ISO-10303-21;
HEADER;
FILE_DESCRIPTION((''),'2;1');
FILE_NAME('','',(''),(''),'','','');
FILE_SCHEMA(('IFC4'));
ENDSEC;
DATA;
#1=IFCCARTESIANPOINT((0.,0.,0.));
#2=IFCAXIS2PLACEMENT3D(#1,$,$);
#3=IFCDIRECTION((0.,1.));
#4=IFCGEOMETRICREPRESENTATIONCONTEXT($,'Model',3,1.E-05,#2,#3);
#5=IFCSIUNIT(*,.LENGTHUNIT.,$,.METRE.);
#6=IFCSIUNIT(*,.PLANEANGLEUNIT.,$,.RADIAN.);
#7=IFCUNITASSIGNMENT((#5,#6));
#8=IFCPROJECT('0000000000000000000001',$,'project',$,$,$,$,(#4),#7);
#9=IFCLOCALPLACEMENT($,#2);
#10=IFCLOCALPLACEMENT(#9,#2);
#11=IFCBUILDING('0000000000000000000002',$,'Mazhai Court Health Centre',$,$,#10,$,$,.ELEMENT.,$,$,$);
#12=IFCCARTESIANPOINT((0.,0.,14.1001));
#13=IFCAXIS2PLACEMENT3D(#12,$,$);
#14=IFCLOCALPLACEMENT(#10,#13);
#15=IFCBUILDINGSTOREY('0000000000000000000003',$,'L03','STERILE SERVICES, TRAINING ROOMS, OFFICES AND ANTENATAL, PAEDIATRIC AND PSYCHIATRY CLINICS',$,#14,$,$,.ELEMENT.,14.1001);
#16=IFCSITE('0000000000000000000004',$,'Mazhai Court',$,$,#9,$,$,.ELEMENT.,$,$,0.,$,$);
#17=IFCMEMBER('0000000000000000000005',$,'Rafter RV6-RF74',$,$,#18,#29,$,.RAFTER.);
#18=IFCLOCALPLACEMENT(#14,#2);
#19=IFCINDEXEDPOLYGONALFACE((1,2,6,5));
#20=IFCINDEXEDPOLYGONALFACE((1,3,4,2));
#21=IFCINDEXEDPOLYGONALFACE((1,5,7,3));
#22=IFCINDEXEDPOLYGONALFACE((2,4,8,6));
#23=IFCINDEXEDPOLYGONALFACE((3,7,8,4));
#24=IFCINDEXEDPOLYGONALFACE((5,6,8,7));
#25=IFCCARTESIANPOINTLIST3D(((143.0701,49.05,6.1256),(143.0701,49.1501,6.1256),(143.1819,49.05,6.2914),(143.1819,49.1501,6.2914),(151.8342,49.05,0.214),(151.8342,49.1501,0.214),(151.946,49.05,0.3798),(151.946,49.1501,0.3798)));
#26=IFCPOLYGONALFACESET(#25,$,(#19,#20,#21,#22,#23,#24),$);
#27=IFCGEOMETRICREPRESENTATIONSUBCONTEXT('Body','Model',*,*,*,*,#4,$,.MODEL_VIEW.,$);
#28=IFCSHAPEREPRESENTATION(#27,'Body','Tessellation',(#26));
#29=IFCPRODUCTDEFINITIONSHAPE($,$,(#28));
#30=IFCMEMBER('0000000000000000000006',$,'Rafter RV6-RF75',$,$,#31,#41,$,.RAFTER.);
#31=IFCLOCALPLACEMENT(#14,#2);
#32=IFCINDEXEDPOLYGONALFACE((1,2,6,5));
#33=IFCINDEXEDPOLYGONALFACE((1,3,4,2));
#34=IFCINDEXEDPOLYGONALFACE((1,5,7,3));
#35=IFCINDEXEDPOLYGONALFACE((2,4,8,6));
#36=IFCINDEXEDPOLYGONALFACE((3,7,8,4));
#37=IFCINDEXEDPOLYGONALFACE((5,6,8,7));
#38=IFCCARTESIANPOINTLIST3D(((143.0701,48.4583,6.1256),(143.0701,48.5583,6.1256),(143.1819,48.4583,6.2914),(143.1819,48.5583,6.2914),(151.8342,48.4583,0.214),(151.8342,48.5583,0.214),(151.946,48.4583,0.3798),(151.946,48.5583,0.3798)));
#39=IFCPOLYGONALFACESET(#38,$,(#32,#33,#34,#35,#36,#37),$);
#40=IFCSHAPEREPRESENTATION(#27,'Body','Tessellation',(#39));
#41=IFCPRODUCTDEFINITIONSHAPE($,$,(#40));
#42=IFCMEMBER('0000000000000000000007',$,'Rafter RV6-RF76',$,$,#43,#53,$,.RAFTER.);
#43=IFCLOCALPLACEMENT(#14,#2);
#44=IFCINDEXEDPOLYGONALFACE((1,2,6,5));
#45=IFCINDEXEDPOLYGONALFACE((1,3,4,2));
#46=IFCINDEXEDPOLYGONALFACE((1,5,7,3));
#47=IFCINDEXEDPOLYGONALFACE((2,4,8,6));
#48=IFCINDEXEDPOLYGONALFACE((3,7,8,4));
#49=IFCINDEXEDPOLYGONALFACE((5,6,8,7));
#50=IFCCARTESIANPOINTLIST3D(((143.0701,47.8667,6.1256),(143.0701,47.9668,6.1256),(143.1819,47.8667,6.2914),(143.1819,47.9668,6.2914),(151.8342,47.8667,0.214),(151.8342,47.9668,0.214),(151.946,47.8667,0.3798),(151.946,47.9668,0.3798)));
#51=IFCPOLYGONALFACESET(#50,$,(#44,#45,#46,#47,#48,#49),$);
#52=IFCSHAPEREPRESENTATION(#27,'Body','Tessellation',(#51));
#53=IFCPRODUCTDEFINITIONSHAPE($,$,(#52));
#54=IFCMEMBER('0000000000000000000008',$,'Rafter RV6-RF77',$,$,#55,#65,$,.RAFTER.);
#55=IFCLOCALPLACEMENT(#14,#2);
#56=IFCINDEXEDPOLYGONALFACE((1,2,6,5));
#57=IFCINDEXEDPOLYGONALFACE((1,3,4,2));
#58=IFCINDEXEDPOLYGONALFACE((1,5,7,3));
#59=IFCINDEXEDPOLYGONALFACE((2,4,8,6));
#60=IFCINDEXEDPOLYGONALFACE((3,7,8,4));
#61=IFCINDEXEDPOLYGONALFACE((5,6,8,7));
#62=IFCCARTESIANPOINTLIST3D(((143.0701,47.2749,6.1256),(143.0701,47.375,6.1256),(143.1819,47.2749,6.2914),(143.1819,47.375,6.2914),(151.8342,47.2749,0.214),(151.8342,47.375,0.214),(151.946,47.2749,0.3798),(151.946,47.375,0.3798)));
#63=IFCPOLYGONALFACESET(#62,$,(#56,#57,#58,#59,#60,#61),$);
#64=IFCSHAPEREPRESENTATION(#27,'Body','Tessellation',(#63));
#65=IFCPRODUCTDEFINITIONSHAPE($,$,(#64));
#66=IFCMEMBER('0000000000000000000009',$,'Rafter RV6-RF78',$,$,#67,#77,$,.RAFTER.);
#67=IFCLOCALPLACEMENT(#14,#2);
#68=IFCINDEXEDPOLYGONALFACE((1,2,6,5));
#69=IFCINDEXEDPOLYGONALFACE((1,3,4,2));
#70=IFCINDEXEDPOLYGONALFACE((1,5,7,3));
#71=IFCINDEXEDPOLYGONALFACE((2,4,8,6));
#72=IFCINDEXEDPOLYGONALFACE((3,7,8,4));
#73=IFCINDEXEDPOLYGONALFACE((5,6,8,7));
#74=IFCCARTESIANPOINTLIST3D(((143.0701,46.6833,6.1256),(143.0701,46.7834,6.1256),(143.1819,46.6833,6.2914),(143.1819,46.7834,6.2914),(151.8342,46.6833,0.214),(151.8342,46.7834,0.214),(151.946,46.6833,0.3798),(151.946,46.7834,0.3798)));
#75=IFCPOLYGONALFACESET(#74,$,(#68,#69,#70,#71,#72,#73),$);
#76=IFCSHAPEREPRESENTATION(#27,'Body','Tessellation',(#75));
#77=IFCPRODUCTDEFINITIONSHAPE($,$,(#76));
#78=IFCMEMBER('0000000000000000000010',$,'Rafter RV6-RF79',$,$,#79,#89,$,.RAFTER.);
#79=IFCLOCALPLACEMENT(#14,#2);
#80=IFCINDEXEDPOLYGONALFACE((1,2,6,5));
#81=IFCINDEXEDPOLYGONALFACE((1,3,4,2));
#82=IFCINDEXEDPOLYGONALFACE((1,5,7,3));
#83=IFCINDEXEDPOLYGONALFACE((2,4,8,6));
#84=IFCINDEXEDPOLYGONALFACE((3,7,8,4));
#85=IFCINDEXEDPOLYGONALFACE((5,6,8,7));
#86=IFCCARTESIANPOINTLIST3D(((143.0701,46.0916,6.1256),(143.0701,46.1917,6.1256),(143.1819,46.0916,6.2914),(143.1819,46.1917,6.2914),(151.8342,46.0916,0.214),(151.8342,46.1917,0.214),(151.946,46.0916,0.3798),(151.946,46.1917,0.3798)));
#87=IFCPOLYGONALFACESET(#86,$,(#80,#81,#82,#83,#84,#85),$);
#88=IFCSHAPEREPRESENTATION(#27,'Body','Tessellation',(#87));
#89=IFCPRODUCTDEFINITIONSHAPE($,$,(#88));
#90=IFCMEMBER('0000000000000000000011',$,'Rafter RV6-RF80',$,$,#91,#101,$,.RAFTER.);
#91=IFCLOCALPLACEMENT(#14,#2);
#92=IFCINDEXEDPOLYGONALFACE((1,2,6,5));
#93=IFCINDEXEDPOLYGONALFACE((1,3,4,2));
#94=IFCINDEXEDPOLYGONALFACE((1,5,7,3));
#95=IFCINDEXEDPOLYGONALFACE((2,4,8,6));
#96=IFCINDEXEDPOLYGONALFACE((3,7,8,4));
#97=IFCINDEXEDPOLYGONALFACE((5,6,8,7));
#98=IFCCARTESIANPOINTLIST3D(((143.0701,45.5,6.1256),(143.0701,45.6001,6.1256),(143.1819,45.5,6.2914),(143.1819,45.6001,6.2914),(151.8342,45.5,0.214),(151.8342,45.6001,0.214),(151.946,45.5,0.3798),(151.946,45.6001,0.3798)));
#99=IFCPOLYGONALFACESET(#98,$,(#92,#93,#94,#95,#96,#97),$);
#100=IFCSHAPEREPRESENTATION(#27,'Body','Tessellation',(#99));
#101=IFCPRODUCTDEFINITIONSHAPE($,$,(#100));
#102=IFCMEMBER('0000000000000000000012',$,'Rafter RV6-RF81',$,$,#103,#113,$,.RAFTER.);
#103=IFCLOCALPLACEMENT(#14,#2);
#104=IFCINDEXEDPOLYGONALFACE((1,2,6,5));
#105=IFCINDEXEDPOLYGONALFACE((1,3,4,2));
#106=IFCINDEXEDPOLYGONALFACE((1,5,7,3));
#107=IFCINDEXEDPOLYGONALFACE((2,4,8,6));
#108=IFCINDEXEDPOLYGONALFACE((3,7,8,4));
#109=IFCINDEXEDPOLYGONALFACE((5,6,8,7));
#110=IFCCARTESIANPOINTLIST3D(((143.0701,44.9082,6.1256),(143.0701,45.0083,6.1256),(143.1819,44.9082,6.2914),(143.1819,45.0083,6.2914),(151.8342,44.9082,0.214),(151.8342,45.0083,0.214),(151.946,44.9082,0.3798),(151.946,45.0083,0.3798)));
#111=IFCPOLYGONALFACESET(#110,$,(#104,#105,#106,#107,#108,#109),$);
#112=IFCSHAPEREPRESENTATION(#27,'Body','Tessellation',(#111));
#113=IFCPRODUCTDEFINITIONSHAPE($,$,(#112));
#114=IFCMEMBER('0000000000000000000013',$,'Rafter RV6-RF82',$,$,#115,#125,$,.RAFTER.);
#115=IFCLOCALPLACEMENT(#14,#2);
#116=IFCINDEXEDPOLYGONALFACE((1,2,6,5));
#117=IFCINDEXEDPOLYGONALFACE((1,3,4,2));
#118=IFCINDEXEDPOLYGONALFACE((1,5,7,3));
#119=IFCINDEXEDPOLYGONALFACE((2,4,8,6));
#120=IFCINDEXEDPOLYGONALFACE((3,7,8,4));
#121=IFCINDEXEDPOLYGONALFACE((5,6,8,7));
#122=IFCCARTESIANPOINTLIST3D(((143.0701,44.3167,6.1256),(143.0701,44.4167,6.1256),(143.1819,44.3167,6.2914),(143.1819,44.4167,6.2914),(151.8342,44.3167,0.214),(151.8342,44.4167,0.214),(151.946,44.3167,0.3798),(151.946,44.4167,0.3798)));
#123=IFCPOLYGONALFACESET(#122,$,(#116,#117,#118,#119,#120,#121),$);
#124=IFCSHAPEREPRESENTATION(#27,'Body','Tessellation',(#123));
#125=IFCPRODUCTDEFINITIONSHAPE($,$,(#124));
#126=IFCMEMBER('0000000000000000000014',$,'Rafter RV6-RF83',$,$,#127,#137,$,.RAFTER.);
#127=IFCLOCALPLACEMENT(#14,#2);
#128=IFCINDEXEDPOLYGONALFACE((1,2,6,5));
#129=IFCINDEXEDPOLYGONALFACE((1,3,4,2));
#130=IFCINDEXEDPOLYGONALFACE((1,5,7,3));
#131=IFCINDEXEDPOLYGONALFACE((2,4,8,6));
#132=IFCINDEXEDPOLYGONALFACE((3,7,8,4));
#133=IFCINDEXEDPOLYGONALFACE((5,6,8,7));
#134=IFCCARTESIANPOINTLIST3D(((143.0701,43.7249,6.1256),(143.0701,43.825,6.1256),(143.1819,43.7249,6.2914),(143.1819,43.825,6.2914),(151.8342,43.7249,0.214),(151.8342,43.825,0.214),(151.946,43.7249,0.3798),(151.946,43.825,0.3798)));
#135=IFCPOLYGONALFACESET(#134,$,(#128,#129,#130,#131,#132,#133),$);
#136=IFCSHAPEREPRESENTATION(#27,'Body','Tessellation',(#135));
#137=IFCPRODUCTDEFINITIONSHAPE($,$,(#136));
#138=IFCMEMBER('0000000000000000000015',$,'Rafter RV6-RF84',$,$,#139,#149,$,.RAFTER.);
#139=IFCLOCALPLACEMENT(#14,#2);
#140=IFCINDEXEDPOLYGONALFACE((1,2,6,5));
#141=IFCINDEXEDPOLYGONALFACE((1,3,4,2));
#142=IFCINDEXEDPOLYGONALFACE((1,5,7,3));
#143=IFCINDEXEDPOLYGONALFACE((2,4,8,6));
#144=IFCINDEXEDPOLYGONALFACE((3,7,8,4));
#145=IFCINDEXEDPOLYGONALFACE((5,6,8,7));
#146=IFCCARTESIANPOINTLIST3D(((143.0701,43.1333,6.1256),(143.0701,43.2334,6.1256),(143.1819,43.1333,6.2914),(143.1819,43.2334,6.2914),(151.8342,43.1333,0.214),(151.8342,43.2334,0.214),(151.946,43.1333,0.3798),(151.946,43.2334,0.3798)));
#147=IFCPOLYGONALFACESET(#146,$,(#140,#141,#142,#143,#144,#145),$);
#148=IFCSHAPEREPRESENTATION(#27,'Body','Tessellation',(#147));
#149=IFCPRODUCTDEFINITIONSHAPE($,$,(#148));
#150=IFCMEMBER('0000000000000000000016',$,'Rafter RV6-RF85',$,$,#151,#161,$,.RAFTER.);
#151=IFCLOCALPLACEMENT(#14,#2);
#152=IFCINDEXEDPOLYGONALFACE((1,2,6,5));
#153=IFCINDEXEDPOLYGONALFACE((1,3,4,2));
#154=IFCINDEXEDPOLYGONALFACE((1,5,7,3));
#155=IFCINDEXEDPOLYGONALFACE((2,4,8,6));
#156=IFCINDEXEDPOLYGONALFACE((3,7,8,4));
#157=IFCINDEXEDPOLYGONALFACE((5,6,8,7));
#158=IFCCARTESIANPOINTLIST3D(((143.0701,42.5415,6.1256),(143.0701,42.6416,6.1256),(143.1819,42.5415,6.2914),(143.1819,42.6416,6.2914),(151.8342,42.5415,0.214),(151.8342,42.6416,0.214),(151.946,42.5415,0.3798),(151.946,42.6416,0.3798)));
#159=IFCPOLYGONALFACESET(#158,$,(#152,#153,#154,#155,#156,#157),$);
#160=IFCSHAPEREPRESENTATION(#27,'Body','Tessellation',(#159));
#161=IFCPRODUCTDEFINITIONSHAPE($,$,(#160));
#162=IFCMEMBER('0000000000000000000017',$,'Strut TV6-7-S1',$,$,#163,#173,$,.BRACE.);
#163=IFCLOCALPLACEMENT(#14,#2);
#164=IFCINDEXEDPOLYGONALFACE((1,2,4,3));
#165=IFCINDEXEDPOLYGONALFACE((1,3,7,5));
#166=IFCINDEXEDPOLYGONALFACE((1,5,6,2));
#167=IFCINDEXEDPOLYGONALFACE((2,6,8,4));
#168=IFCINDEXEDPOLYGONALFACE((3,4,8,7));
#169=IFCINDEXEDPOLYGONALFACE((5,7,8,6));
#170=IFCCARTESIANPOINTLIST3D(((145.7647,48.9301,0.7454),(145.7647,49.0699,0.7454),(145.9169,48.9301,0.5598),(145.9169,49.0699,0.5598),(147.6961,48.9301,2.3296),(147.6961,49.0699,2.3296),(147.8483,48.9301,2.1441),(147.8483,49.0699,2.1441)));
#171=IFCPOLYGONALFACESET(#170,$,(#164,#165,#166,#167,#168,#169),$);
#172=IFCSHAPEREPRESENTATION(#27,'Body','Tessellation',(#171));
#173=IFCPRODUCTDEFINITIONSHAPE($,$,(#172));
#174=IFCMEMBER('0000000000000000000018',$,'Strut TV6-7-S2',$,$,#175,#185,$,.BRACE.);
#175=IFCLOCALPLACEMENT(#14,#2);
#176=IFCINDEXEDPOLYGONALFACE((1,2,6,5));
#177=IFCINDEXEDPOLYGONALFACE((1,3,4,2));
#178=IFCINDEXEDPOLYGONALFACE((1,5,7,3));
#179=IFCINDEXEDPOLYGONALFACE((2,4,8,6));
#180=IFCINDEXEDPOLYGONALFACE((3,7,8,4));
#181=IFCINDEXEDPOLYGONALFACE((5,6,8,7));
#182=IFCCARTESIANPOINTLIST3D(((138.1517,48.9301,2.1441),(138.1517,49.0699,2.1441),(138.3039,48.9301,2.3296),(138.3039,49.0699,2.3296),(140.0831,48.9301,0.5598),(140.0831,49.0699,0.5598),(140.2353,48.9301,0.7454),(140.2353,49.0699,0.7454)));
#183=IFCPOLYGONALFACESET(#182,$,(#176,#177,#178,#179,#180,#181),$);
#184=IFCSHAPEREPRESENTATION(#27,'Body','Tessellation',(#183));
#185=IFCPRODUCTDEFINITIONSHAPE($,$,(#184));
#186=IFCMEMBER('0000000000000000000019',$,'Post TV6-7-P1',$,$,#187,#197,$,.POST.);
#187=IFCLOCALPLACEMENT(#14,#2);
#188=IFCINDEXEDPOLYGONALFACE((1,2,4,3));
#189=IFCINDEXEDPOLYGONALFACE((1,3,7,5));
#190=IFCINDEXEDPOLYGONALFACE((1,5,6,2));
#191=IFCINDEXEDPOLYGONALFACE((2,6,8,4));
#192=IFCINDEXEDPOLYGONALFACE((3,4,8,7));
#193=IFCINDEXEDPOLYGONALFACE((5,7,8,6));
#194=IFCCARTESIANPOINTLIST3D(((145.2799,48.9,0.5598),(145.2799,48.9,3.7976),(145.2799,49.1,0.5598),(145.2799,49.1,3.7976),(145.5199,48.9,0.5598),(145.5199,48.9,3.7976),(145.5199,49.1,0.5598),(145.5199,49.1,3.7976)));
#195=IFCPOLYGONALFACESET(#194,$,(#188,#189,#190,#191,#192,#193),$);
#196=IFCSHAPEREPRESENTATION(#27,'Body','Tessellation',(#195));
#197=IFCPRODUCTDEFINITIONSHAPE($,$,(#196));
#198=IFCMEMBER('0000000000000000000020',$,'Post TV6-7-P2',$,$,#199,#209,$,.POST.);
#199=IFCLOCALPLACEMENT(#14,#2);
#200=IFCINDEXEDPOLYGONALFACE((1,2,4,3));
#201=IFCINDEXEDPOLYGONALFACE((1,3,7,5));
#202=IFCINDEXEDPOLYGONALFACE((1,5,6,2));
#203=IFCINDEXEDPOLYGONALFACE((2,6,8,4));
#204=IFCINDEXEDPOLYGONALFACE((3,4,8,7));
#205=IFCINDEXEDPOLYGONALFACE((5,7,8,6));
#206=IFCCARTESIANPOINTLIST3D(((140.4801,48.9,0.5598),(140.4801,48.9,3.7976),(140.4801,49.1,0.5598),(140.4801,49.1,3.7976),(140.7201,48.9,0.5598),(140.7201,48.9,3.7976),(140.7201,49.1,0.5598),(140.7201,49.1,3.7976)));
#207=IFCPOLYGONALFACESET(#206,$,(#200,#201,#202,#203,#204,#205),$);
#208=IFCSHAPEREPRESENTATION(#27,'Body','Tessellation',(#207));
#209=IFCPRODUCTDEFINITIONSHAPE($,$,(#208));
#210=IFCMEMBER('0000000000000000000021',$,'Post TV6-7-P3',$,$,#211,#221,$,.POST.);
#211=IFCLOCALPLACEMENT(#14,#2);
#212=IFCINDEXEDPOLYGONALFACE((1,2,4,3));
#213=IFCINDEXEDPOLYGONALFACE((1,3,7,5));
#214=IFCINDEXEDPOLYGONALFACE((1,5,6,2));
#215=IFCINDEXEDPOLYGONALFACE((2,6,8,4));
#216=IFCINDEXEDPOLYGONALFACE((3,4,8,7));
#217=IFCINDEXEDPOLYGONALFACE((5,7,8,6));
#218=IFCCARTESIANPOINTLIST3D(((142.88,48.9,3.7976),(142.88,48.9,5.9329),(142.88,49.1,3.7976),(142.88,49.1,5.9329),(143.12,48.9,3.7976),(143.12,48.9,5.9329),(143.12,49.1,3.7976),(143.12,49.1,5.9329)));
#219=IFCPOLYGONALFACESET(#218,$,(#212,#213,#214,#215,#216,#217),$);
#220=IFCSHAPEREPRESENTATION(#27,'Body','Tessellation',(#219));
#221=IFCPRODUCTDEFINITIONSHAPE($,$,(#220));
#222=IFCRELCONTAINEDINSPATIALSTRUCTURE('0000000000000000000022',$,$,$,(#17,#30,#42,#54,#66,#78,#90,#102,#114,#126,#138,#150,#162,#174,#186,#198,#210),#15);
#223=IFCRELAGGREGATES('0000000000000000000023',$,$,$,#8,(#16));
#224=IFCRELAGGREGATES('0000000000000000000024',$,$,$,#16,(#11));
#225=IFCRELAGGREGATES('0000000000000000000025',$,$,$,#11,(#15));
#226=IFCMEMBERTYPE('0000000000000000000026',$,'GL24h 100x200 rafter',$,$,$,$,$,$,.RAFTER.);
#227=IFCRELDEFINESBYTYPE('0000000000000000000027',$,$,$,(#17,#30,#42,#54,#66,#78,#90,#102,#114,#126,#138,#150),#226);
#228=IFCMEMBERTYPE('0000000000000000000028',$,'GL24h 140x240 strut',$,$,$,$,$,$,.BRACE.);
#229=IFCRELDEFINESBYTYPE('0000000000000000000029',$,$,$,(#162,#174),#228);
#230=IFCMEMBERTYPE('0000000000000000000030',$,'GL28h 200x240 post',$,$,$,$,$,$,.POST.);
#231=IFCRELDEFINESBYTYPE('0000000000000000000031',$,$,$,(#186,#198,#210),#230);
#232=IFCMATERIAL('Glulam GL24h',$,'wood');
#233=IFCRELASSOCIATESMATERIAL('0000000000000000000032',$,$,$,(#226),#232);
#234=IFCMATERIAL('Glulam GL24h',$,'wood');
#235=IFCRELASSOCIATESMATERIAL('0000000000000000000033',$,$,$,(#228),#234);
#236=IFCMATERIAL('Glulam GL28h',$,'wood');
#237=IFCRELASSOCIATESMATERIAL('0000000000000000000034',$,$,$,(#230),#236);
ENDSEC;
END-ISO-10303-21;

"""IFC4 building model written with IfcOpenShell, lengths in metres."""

from ifc_helpers import new_model, si_unit, direction, frame, origin, origin_2d, place, context, subcontext, project, spatial, rectangle, extrude, material, material_profile, profile_set, type_object, element, save


model = new_model("IFC4")

# Units and contexts
model_context = context("Model", 3, precision=1e-05, world=origin(), true_north=direction((0.0, 1.0)))
body_context = subcontext(model_context, "Body", "Model", "MODEL_VIEW")
ifc_project = project(units=[si_unit("LENGTHUNIT", "METRE"), si_unit("PLANEANGLEUNIT", "RADIAN")], contexts=[model_context])

# Site, building, storey
site_placement = place(None, origin())
site = spatial("IfcSite", under=ifc_project, at=site_placement, Name="Mazhai Court", CompositionType="ELEMENT", RefElevation=0.0)
building_placement = place(site_placement, origin())
building = spatial("IfcBuilding", under=site, at=building_placement, Name="Mazhai Court Health Centre", CompositionType="ELEMENT")
storey_placement = place(building_placement, frame((0.0, 0.0, 14.1001)))
storey = spatial("IfcBuildingStorey", under=building, at=storey_placement, Name="L03", Description="STERILE SERVICES, TRAINING ROOMS, OFFICES AND ANTENATAL, PAEDIATRIC AND PSYCHIATRY CLINICS", CompositionType="ELEMENT", Elevation=14.1001)

# Members
ifc_material_1 = material(Name="Glulam GL24h", Category="wood")
ifc_material_profile_1 = material_profile(ifc_material_1, rectangle(XDim=0.1001, YDim=0.2, at=origin_2d()), Name="GL24h 100x200")
ifc_profile_set_1 = profile_set([ifc_material_profile_1], Name="Glulam GL24h")
member_type_1 = type_object("IfcMemberType", Name="GL24h 100x200 rafter", PredefinedType="RAFTER", material=ifc_profile_set_1)
for number, where, z_axis, x_axis, name in (
    (1, (151.8901, 49.1001, 0.2969), (-0.829032, 0.0, 0.559201), (0.0, -1.0, 0.0), "Rafter RV6-RF74"),
    (2, (151.8901, 48.5083, 0.2969), (-0.829032, 0.0, 0.559201), (0.0, -1.0, 0.0), "Rafter RV6-RF75"),
    (3, (151.8901, 47.9167, 0.2969), (-0.829032, 0.0, 0.559201), (0.0, -1.0, 0.0), "Rafter RV6-RF76"),
    (4, (151.8901, 47.325, 0.2969), (-0.829032, 0.0, 0.559201), (0.0, -1.0, 0.0), "Rafter RV6-RF77"),
    (5, (151.8901, 46.7334, 0.2969), (-0.829032, 0.0, 0.559201), (0.0, -1.0, 0.0), "Rafter RV6-RF78"),
    (6, (151.8901, 46.1416, 0.2969), (-0.829032, 0.0, 0.559201), (0.0, -1.0, 0.0), "Rafter RV6-RF79"),
    (7, (151.8901, 45.55, 0.2969), (-0.829032, 0.0, 0.559201), (0.0, -1.0, 0.0), "Rafter RV6-RF80"),
    (8, (151.8901, 44.9583, 0.2969), (-0.829032, 0.0, 0.559201), (0.0, -1.0, 0.0), "Rafter RV6-RF81"),
    (9, (151.8901, 44.3667, 0.2969), (-0.829032, 0.0, 0.559201), (0.0, -1.0, 0.0), "Rafter RV6-RF82"),
    (10, (151.8901, 43.7749, 0.2969), (-0.829032, 0.0, 0.559201), (0.0, -1.0, 0.0), "Rafter RV6-RF83"),
    (11, (151.8901, 43.1833, 0.2969), (-0.829032, 0.0, 0.559201), (0.0, -1.0, 0.0), "Rafter RV6-RF84"),
    (12, (151.8901, 42.5916, 0.2969), (-0.829032, 0.0, 0.559201), (0.0, -1.0, 0.0), "Rafter RV6-RF85"),
):
    element("IfcMember", number, at=place(storey_placement, frame(where, z_axis=z_axis, x_axis=x_axis)), inside=storey, type_object=member_type_1, Name=name, PredefinedType="RAFTER", context=body_context, shape_type="SweptSolid", body=[
        extrude(rectangle(XDim=0.1001, YDim=0.2, at=origin_2d()), origin(), (0.0, 0.0, 1.0), 10.5715),
    ])
ifc_material_2 = material(Name="Glulam GL24h", Category="wood")
ifc_material_profile_2 = material_profile(ifc_material_2, rectangle(XDim=0.1399, YDim=0.24, at=origin_2d()), Name="GL24h 140x240")
ifc_profile_set_2 = profile_set([ifc_material_profile_2], Name="Glulam GL24h")
member_type_2 = type_object("IfcMemberType", Name="GL24h 140x240 strut", PredefinedType="BRACE", material=ifc_profile_set_2)
for number, where, z_axis, x_axis, name in (
    (13, (145.8408, 49.0, 0.6526), (0.773173, 0.0, 0.634195), (0.0, 1.0, 0.0), "Strut TV6-7-S1"),
    (14, (140.1592, 49.0, 0.6526), (-0.773173, 0.0, 0.634195), (0.0, -1.0, 0.0), "Strut TV6-7-S2"),
):
    element("IfcMember", number, at=place(storey_placement, frame(where, z_axis=z_axis, x_axis=x_axis)), inside=storey, type_object=member_type_2, Name=name, PredefinedType="BRACE", context=body_context, shape_type="SweptSolid", body=[
        extrude(rectangle(XDim=0.1399, YDim=0.24, at=origin_2d()), origin(), (0.0, 0.0, 1.0), 2.498),
    ])
ifc_material_3 = material(Name="Glulam GL28h", Category="wood")
ifc_material_profile_3 = material_profile(ifc_material_3, rectangle(XDim=0.2, YDim=0.24, at=origin_2d()), Name="GL28h 200x240")
ifc_profile_set_3 = profile_set([ifc_material_profile_3], Name="Glulam GL28h")
member_type_3 = type_object("IfcMemberType", Name="GL28h 200x240 post", PredefinedType="POST", material=ifc_profile_set_3)
for number, where, z_axis, x_axis, name in (
    (15, (145.3999, 49.0, 0.5598), (0.0, 0.0, 1.0), (0.0, 1.0, 0.0), "Post TV6-7-P1"),
    (16, (140.6001, 49.0, 0.5598), (0.0, 0.0, 1.0), (0.0, 1.0, 0.0), "Post TV6-7-P2"),
):
    element("IfcMember", number, at=place(storey_placement, frame(where, z_axis=z_axis, x_axis=x_axis)), inside=storey, type_object=member_type_3, Name=name, PredefinedType="POST", context=body_context, shape_type="SweptSolid", body=[
        extrude(rectangle(XDim=0.2, YDim=0.24, at=origin_2d()), origin(), (0.0, 0.0, 1.0), 3.2378),
    ])
member_1_placement = place(storey_placement, frame((143.0, 49.0, 3.7976), z_axis=(0.0, 0.0, 1.0), x_axis=(0.0, 1.0, 0.0)))
element("IfcMember", 17, at=member_1_placement, inside=storey, type_object=member_type_3, Name="Post TV6-7-P3", PredefinedType="POST", context=body_context, shape_type="SweptSolid", body=[
    extrude(rectangle(XDim=0.2, YDim=0.24, at=origin_2d()), origin(), (0.0, 0.0, 1.0), 2.1353),
])

save(model, "model.ifc")
